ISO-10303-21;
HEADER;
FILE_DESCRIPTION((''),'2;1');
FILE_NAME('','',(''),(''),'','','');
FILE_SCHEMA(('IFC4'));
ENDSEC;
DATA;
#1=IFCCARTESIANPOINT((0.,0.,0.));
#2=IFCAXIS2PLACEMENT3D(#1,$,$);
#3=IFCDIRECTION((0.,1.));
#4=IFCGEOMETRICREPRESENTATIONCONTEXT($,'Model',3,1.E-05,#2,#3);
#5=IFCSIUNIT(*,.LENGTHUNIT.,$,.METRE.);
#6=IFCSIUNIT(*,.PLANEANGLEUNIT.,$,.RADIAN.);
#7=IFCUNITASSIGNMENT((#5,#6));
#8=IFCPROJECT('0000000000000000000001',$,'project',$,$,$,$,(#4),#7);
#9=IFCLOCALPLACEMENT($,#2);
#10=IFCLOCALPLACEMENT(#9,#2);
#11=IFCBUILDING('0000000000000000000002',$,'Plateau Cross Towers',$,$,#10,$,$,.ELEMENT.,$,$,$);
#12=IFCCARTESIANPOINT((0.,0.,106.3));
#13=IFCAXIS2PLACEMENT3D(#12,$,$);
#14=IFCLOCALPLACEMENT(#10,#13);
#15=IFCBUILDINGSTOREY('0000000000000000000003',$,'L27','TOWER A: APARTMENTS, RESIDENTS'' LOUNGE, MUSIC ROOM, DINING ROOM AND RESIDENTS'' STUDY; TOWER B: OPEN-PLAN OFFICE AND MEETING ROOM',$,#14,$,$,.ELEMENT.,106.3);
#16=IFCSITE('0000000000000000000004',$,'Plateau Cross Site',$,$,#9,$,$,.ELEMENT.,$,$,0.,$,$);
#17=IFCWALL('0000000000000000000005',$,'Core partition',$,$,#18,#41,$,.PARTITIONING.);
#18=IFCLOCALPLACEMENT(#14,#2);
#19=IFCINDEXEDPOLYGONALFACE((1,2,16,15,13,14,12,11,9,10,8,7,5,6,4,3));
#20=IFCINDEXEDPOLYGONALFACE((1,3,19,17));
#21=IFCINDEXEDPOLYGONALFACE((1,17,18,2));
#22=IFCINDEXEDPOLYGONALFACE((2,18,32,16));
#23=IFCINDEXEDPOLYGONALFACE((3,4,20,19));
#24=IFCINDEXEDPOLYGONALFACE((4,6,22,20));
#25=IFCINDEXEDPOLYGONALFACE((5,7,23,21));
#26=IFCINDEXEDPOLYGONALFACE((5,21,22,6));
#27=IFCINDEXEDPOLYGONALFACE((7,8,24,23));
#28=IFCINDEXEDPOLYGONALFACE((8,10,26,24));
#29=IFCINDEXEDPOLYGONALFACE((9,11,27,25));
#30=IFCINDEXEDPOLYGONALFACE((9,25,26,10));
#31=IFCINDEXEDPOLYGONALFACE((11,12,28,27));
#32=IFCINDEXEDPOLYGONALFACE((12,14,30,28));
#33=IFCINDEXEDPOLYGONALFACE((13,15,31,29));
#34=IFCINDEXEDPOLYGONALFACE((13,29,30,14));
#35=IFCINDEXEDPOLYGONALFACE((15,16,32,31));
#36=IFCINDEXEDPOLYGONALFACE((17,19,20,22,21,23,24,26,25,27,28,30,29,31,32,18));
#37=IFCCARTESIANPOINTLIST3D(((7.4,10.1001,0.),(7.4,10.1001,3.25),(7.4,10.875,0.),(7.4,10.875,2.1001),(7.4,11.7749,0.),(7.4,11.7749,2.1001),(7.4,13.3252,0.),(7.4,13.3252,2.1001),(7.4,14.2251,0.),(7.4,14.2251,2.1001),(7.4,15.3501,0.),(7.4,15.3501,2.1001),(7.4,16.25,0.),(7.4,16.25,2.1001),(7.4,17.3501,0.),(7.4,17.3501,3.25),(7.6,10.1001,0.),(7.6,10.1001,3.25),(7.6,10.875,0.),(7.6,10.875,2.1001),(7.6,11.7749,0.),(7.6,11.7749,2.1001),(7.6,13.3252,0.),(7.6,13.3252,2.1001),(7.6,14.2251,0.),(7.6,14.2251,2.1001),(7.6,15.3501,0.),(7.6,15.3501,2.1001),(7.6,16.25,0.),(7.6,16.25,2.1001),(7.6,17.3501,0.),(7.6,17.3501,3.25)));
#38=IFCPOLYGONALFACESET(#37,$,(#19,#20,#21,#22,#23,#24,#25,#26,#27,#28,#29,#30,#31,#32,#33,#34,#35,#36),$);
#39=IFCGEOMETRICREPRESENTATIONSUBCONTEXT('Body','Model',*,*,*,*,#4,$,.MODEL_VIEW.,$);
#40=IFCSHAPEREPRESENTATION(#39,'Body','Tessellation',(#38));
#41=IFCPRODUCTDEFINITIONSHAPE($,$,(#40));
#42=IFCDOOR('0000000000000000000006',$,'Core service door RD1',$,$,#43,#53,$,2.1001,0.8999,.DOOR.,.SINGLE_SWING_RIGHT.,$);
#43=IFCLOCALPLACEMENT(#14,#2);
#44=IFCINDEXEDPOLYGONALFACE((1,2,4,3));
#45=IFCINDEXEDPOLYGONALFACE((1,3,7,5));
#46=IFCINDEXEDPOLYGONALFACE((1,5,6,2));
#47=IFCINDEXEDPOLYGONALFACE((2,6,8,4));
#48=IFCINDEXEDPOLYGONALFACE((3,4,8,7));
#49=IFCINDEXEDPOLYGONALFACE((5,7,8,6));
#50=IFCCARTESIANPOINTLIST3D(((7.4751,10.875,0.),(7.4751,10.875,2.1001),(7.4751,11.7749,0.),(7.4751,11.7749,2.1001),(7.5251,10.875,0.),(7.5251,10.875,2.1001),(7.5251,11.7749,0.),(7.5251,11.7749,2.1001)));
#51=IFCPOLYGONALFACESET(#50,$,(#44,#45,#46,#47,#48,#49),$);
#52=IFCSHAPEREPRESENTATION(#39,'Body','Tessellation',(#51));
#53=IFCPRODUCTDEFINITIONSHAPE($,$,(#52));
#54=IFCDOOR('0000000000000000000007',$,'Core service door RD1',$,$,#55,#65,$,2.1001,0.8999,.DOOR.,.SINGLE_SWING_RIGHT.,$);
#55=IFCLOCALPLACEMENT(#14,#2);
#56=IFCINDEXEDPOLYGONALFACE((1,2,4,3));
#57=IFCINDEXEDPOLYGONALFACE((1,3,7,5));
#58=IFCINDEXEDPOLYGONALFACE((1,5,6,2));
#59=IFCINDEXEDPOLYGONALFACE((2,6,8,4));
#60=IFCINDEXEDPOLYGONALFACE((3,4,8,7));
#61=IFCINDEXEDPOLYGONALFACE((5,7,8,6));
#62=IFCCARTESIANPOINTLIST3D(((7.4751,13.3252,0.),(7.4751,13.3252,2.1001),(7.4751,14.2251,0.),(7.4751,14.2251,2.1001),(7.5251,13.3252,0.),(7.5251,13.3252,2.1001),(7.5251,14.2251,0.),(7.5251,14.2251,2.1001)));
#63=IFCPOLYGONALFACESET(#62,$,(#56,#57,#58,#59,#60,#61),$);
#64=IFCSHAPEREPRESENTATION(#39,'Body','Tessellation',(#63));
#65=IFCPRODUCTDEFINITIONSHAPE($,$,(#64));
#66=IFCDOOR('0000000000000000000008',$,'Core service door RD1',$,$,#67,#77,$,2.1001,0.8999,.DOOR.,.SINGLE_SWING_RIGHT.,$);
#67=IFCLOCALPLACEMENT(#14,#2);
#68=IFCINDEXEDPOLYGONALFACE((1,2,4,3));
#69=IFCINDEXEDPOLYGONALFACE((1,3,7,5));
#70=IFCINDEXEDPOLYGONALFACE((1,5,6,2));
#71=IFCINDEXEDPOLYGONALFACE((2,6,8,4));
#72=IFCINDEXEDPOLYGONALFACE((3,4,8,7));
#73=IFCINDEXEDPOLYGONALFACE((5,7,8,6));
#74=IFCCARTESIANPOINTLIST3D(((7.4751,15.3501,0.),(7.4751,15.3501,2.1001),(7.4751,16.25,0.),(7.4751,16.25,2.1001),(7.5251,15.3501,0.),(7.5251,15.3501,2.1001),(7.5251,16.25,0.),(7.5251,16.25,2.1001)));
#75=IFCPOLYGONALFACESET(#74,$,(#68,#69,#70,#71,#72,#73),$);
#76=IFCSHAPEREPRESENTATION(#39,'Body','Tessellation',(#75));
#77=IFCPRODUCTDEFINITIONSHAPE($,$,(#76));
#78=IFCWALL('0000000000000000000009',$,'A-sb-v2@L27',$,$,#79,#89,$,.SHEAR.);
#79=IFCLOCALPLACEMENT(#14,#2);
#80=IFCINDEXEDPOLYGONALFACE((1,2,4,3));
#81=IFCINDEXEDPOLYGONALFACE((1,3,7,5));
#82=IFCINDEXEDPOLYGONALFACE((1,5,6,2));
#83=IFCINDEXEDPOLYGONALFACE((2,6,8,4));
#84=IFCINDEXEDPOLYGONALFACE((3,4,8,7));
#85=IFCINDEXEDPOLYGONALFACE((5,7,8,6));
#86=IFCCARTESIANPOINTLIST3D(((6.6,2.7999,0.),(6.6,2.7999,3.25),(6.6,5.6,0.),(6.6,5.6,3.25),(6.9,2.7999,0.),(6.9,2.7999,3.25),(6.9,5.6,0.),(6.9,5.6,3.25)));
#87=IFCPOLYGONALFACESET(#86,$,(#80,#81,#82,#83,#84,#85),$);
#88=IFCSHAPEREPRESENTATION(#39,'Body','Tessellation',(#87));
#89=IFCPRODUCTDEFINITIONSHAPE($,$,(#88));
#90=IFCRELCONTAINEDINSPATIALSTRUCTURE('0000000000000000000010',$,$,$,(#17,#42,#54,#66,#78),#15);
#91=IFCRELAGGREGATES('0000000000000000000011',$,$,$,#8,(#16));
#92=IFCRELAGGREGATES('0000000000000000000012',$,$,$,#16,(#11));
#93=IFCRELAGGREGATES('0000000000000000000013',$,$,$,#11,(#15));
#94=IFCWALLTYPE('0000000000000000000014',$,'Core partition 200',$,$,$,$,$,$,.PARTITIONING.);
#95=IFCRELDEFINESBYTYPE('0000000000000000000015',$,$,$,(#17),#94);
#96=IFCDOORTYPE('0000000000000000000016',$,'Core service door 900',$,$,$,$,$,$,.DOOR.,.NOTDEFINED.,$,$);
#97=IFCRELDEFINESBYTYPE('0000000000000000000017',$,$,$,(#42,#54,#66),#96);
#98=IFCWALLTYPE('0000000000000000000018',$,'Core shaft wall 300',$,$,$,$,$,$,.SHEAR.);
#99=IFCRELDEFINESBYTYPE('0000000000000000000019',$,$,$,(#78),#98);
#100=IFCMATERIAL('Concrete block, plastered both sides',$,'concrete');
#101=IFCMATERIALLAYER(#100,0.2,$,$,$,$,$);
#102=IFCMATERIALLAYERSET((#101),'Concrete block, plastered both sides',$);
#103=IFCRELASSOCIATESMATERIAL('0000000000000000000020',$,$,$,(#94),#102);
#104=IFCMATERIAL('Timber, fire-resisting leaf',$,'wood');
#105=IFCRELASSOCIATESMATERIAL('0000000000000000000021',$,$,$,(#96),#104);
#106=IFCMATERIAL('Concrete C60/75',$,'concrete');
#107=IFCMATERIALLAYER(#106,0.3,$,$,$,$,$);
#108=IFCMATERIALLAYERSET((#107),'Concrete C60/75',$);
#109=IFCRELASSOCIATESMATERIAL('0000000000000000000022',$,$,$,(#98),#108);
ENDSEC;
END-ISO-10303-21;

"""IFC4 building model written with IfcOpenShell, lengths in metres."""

from ifc_helpers import new_model, si_unit, direction, frame, frame_2d, origin, place, context, subcontext, project, spatial, rectangle, extrude, material, layer, layer_set, type_object, element, fill, save


model = new_model("IFC4")

# Units and contexts
model_context = context("Model", 3, precision=1e-05, world=origin(), true_north=direction((0.0, 1.0)))
body_context = subcontext(model_context, "Body", "Model", "MODEL_VIEW")
ifc_project = project(units=[si_unit("LENGTHUNIT", "METRE"), si_unit("PLANEANGLEUNIT", "RADIAN")], contexts=[model_context])

# Site, building, storey
site_placement = place(None, origin())
site = spatial("IfcSite", under=ifc_project, at=site_placement, Name="Plateau Cross Site", CompositionType="ELEMENT", RefElevation=0.0)
building_placement = place(site_placement, origin())
building = spatial("IfcBuilding", under=site, at=building_placement, Name="Plateau Cross Towers", CompositionType="ELEMENT")
storey_placement = place(building_placement, frame((0.0, 0.0, 106.3)))
storey = spatial("IfcBuildingStorey", under=building, at=storey_placement, Name="L27", Description="TOWER A: APARTMENTS, RESIDENTS' LOUNGE, MUSIC ROOM, DINING ROOM AND RESIDENTS' STUDY; TOWER B: OPEN-PLAN OFFICE AND MEETING ROOM", CompositionType="ELEMENT", Elevation=106.3)

# Shared definitions
ifc_material_1 = material(Name="Concrete block, plastered both sides", Category="concrete")
ifc_layer_1 = layer(ifc_material_1, 0.2)
ifc_layer_set_1 = layer_set([ifc_layer_1], Name="Concrete block, plastered both sides")
wall_type_1 = type_object("IfcWallType", Name="Core partition 200", PredefinedType="PARTITIONING", material=ifc_layer_set_1)

# Wall, openings, doors
wall_1_placement = place(storey_placement, frame((7.5, 10.1001, 0.0), z_axis=(0.0, 0.0, 1.0), x_axis=(0.0, 1.0, 0.0)))
wall_1 = element("IfcWall", 1, at=wall_1_placement, inside=storey, type_object=wall_type_1, Name="Core partition", PredefinedType="PARTITIONING", context=body_context, shape_type="SweptSolid", body=[
    extrude(rectangle(XDim=7.25, YDim=0.2, at=frame_2d((3.625, 0.0))), origin(), (0.0, 0.0, 1.0), 3.25),
])
opening_1_placement = place(wall_1_placement, frame((0.7749, 0.0, 0.0)))
opening_1 = element("IfcOpeningElement", 2, at=opening_1_placement, cuts=wall_1, PredefinedType="OPENING", context=body_context, shape_type="SweptSolid", body=[
    extrude(rectangle(XDim=0.8999, YDim=2.1001, at=frame_2d((0.45, 1.05))), frame((0.0, 0.1099, 0.0), z_axis=(0.0, -1.0, 0.0), x_axis=(1.0, 0.0, 0.0)), (0.0, 0.0, 1.0), 0.22),
])
opening_2_placement = place(wall_1_placement, frame((3.2251, 0.0, 0.0)))
opening_2 = element("IfcOpeningElement", 3, at=opening_2_placement, cuts=wall_1, PredefinedType="OPENING", context=body_context, shape_type="SweptSolid", body=[
    extrude(rectangle(XDim=0.8999, YDim=2.1001, at=frame_2d((0.45, 1.05))), frame((0.0, 0.1099, 0.0), z_axis=(0.0, -1.0, 0.0), x_axis=(1.0, 0.0, 0.0)), (0.0, 0.0, 1.0), 0.22),
])
opening_3_placement = place(wall_1_placement, frame((5.25, 0.0, 0.0)))
opening_3 = element("IfcOpeningElement", 4, at=opening_3_placement, cuts=wall_1, PredefinedType="OPENING", context=body_context, shape_type="SweptSolid", body=[
    extrude(rectangle(XDim=0.8999, YDim=2.1001, at=frame_2d((0.45, 1.05))), frame((0.0, 0.1099, 0.0), z_axis=(0.0, -1.0, 0.0), x_axis=(1.0, 0.0, 0.0)), (0.0, 0.0, 1.0), 0.22),
])
ifc_material_2 = material(Name="Timber, fire-resisting leaf", Category="wood")
door_type_1 = type_object("IfcDoorType", Name="Core service door 900", OperationType="NOTDEFINED", PredefinedType="DOOR", material=ifc_material_2)
door_1_placement = place(opening_1_placement, origin())
door_1 = element("IfcDoor", 5, at=door_1_placement, inside=storey, type_object=door_type_1, Name="Core service door RD1", OperationType="SINGLE_SWING_RIGHT", OverallHeight=2.1001, OverallWidth=0.8999, PredefinedType="DOOR", context=body_context, shape_type="SweptSolid", body=[
    extrude(rectangle(XDim=0.8999, YDim=2.1001, at=frame_2d((0.45, 1.05))), frame((0.0, 0.0249, 0.0), z_axis=(0.0, -1.0, 0.0), x_axis=(1.0, 0.0, 0.0)), (0.0, 0.0, 1.0), 0.05),
])
fill(opening_1, door_1)
door_2_placement = place(opening_2_placement, origin())
door_2 = element("IfcDoor", 6, at=door_2_placement, inside=storey, type_object=door_type_1, Name="Core service door RD1", OperationType="SINGLE_SWING_RIGHT", OverallHeight=2.1001, OverallWidth=0.8999, PredefinedType="DOOR", context=body_context, shape_type="SweptSolid", body=[
    extrude(rectangle(XDim=0.8999, YDim=2.1001, at=frame_2d((0.45, 1.05))), frame((0.0, 0.0249, 0.0), z_axis=(0.0, -1.0, 0.0), x_axis=(1.0, 0.0, 0.0)), (0.0, 0.0, 1.0), 0.05),
])
fill(opening_2, door_2)
door_3_placement = place(opening_3_placement, origin())
door_3 = element("IfcDoor", 7, at=door_3_placement, inside=storey, type_object=door_type_1, Name="Core service door RD1", OperationType="SINGLE_SWING_RIGHT", OverallHeight=2.1001, OverallWidth=0.8999, PredefinedType="DOOR", context=body_context, shape_type="SweptSolid", body=[
    extrude(rectangle(XDim=0.8999, YDim=2.1001, at=frame_2d((0.45, 1.05))), frame((0.0, 0.0249, 0.0), z_axis=(0.0, -1.0, 0.0), x_axis=(1.0, 0.0, 0.0)), (0.0, 0.0, 1.0), 0.05),
])
fill(opening_3, door_3)

# Wall
ifc_material_3 = material(Name="Concrete C60/75", Category="concrete")
ifc_layer_2 = layer(ifc_material_3, 0.3)
ifc_layer_set_2 = layer_set([ifc_layer_2], Name="Concrete C60/75")
wall_type_2 = type_object("IfcWallType", Name="Core shaft wall 300", PredefinedType="SHEAR", material=ifc_layer_set_2)
wall_2_placement = place(storey_placement, frame((6.75, 2.8, 0.0), z_axis=(0.0, 0.0, 1.0), x_axis=(0.0, 1.0, 0.0)))
element("IfcWall", 8, at=wall_2_placement, inside=storey, type_object=wall_type_2, Name="A-sb-v2@L27", PredefinedType="SHEAR", context=body_context, shape_type="SweptSolid", body=[
    extrude(rectangle(XDim=2.8, YDim=0.3, at=frame_2d((1.3999, 0.0))), origin(), (0.0, 0.0, 1.0), 3.25),
])

save(model, "model.ifc")
